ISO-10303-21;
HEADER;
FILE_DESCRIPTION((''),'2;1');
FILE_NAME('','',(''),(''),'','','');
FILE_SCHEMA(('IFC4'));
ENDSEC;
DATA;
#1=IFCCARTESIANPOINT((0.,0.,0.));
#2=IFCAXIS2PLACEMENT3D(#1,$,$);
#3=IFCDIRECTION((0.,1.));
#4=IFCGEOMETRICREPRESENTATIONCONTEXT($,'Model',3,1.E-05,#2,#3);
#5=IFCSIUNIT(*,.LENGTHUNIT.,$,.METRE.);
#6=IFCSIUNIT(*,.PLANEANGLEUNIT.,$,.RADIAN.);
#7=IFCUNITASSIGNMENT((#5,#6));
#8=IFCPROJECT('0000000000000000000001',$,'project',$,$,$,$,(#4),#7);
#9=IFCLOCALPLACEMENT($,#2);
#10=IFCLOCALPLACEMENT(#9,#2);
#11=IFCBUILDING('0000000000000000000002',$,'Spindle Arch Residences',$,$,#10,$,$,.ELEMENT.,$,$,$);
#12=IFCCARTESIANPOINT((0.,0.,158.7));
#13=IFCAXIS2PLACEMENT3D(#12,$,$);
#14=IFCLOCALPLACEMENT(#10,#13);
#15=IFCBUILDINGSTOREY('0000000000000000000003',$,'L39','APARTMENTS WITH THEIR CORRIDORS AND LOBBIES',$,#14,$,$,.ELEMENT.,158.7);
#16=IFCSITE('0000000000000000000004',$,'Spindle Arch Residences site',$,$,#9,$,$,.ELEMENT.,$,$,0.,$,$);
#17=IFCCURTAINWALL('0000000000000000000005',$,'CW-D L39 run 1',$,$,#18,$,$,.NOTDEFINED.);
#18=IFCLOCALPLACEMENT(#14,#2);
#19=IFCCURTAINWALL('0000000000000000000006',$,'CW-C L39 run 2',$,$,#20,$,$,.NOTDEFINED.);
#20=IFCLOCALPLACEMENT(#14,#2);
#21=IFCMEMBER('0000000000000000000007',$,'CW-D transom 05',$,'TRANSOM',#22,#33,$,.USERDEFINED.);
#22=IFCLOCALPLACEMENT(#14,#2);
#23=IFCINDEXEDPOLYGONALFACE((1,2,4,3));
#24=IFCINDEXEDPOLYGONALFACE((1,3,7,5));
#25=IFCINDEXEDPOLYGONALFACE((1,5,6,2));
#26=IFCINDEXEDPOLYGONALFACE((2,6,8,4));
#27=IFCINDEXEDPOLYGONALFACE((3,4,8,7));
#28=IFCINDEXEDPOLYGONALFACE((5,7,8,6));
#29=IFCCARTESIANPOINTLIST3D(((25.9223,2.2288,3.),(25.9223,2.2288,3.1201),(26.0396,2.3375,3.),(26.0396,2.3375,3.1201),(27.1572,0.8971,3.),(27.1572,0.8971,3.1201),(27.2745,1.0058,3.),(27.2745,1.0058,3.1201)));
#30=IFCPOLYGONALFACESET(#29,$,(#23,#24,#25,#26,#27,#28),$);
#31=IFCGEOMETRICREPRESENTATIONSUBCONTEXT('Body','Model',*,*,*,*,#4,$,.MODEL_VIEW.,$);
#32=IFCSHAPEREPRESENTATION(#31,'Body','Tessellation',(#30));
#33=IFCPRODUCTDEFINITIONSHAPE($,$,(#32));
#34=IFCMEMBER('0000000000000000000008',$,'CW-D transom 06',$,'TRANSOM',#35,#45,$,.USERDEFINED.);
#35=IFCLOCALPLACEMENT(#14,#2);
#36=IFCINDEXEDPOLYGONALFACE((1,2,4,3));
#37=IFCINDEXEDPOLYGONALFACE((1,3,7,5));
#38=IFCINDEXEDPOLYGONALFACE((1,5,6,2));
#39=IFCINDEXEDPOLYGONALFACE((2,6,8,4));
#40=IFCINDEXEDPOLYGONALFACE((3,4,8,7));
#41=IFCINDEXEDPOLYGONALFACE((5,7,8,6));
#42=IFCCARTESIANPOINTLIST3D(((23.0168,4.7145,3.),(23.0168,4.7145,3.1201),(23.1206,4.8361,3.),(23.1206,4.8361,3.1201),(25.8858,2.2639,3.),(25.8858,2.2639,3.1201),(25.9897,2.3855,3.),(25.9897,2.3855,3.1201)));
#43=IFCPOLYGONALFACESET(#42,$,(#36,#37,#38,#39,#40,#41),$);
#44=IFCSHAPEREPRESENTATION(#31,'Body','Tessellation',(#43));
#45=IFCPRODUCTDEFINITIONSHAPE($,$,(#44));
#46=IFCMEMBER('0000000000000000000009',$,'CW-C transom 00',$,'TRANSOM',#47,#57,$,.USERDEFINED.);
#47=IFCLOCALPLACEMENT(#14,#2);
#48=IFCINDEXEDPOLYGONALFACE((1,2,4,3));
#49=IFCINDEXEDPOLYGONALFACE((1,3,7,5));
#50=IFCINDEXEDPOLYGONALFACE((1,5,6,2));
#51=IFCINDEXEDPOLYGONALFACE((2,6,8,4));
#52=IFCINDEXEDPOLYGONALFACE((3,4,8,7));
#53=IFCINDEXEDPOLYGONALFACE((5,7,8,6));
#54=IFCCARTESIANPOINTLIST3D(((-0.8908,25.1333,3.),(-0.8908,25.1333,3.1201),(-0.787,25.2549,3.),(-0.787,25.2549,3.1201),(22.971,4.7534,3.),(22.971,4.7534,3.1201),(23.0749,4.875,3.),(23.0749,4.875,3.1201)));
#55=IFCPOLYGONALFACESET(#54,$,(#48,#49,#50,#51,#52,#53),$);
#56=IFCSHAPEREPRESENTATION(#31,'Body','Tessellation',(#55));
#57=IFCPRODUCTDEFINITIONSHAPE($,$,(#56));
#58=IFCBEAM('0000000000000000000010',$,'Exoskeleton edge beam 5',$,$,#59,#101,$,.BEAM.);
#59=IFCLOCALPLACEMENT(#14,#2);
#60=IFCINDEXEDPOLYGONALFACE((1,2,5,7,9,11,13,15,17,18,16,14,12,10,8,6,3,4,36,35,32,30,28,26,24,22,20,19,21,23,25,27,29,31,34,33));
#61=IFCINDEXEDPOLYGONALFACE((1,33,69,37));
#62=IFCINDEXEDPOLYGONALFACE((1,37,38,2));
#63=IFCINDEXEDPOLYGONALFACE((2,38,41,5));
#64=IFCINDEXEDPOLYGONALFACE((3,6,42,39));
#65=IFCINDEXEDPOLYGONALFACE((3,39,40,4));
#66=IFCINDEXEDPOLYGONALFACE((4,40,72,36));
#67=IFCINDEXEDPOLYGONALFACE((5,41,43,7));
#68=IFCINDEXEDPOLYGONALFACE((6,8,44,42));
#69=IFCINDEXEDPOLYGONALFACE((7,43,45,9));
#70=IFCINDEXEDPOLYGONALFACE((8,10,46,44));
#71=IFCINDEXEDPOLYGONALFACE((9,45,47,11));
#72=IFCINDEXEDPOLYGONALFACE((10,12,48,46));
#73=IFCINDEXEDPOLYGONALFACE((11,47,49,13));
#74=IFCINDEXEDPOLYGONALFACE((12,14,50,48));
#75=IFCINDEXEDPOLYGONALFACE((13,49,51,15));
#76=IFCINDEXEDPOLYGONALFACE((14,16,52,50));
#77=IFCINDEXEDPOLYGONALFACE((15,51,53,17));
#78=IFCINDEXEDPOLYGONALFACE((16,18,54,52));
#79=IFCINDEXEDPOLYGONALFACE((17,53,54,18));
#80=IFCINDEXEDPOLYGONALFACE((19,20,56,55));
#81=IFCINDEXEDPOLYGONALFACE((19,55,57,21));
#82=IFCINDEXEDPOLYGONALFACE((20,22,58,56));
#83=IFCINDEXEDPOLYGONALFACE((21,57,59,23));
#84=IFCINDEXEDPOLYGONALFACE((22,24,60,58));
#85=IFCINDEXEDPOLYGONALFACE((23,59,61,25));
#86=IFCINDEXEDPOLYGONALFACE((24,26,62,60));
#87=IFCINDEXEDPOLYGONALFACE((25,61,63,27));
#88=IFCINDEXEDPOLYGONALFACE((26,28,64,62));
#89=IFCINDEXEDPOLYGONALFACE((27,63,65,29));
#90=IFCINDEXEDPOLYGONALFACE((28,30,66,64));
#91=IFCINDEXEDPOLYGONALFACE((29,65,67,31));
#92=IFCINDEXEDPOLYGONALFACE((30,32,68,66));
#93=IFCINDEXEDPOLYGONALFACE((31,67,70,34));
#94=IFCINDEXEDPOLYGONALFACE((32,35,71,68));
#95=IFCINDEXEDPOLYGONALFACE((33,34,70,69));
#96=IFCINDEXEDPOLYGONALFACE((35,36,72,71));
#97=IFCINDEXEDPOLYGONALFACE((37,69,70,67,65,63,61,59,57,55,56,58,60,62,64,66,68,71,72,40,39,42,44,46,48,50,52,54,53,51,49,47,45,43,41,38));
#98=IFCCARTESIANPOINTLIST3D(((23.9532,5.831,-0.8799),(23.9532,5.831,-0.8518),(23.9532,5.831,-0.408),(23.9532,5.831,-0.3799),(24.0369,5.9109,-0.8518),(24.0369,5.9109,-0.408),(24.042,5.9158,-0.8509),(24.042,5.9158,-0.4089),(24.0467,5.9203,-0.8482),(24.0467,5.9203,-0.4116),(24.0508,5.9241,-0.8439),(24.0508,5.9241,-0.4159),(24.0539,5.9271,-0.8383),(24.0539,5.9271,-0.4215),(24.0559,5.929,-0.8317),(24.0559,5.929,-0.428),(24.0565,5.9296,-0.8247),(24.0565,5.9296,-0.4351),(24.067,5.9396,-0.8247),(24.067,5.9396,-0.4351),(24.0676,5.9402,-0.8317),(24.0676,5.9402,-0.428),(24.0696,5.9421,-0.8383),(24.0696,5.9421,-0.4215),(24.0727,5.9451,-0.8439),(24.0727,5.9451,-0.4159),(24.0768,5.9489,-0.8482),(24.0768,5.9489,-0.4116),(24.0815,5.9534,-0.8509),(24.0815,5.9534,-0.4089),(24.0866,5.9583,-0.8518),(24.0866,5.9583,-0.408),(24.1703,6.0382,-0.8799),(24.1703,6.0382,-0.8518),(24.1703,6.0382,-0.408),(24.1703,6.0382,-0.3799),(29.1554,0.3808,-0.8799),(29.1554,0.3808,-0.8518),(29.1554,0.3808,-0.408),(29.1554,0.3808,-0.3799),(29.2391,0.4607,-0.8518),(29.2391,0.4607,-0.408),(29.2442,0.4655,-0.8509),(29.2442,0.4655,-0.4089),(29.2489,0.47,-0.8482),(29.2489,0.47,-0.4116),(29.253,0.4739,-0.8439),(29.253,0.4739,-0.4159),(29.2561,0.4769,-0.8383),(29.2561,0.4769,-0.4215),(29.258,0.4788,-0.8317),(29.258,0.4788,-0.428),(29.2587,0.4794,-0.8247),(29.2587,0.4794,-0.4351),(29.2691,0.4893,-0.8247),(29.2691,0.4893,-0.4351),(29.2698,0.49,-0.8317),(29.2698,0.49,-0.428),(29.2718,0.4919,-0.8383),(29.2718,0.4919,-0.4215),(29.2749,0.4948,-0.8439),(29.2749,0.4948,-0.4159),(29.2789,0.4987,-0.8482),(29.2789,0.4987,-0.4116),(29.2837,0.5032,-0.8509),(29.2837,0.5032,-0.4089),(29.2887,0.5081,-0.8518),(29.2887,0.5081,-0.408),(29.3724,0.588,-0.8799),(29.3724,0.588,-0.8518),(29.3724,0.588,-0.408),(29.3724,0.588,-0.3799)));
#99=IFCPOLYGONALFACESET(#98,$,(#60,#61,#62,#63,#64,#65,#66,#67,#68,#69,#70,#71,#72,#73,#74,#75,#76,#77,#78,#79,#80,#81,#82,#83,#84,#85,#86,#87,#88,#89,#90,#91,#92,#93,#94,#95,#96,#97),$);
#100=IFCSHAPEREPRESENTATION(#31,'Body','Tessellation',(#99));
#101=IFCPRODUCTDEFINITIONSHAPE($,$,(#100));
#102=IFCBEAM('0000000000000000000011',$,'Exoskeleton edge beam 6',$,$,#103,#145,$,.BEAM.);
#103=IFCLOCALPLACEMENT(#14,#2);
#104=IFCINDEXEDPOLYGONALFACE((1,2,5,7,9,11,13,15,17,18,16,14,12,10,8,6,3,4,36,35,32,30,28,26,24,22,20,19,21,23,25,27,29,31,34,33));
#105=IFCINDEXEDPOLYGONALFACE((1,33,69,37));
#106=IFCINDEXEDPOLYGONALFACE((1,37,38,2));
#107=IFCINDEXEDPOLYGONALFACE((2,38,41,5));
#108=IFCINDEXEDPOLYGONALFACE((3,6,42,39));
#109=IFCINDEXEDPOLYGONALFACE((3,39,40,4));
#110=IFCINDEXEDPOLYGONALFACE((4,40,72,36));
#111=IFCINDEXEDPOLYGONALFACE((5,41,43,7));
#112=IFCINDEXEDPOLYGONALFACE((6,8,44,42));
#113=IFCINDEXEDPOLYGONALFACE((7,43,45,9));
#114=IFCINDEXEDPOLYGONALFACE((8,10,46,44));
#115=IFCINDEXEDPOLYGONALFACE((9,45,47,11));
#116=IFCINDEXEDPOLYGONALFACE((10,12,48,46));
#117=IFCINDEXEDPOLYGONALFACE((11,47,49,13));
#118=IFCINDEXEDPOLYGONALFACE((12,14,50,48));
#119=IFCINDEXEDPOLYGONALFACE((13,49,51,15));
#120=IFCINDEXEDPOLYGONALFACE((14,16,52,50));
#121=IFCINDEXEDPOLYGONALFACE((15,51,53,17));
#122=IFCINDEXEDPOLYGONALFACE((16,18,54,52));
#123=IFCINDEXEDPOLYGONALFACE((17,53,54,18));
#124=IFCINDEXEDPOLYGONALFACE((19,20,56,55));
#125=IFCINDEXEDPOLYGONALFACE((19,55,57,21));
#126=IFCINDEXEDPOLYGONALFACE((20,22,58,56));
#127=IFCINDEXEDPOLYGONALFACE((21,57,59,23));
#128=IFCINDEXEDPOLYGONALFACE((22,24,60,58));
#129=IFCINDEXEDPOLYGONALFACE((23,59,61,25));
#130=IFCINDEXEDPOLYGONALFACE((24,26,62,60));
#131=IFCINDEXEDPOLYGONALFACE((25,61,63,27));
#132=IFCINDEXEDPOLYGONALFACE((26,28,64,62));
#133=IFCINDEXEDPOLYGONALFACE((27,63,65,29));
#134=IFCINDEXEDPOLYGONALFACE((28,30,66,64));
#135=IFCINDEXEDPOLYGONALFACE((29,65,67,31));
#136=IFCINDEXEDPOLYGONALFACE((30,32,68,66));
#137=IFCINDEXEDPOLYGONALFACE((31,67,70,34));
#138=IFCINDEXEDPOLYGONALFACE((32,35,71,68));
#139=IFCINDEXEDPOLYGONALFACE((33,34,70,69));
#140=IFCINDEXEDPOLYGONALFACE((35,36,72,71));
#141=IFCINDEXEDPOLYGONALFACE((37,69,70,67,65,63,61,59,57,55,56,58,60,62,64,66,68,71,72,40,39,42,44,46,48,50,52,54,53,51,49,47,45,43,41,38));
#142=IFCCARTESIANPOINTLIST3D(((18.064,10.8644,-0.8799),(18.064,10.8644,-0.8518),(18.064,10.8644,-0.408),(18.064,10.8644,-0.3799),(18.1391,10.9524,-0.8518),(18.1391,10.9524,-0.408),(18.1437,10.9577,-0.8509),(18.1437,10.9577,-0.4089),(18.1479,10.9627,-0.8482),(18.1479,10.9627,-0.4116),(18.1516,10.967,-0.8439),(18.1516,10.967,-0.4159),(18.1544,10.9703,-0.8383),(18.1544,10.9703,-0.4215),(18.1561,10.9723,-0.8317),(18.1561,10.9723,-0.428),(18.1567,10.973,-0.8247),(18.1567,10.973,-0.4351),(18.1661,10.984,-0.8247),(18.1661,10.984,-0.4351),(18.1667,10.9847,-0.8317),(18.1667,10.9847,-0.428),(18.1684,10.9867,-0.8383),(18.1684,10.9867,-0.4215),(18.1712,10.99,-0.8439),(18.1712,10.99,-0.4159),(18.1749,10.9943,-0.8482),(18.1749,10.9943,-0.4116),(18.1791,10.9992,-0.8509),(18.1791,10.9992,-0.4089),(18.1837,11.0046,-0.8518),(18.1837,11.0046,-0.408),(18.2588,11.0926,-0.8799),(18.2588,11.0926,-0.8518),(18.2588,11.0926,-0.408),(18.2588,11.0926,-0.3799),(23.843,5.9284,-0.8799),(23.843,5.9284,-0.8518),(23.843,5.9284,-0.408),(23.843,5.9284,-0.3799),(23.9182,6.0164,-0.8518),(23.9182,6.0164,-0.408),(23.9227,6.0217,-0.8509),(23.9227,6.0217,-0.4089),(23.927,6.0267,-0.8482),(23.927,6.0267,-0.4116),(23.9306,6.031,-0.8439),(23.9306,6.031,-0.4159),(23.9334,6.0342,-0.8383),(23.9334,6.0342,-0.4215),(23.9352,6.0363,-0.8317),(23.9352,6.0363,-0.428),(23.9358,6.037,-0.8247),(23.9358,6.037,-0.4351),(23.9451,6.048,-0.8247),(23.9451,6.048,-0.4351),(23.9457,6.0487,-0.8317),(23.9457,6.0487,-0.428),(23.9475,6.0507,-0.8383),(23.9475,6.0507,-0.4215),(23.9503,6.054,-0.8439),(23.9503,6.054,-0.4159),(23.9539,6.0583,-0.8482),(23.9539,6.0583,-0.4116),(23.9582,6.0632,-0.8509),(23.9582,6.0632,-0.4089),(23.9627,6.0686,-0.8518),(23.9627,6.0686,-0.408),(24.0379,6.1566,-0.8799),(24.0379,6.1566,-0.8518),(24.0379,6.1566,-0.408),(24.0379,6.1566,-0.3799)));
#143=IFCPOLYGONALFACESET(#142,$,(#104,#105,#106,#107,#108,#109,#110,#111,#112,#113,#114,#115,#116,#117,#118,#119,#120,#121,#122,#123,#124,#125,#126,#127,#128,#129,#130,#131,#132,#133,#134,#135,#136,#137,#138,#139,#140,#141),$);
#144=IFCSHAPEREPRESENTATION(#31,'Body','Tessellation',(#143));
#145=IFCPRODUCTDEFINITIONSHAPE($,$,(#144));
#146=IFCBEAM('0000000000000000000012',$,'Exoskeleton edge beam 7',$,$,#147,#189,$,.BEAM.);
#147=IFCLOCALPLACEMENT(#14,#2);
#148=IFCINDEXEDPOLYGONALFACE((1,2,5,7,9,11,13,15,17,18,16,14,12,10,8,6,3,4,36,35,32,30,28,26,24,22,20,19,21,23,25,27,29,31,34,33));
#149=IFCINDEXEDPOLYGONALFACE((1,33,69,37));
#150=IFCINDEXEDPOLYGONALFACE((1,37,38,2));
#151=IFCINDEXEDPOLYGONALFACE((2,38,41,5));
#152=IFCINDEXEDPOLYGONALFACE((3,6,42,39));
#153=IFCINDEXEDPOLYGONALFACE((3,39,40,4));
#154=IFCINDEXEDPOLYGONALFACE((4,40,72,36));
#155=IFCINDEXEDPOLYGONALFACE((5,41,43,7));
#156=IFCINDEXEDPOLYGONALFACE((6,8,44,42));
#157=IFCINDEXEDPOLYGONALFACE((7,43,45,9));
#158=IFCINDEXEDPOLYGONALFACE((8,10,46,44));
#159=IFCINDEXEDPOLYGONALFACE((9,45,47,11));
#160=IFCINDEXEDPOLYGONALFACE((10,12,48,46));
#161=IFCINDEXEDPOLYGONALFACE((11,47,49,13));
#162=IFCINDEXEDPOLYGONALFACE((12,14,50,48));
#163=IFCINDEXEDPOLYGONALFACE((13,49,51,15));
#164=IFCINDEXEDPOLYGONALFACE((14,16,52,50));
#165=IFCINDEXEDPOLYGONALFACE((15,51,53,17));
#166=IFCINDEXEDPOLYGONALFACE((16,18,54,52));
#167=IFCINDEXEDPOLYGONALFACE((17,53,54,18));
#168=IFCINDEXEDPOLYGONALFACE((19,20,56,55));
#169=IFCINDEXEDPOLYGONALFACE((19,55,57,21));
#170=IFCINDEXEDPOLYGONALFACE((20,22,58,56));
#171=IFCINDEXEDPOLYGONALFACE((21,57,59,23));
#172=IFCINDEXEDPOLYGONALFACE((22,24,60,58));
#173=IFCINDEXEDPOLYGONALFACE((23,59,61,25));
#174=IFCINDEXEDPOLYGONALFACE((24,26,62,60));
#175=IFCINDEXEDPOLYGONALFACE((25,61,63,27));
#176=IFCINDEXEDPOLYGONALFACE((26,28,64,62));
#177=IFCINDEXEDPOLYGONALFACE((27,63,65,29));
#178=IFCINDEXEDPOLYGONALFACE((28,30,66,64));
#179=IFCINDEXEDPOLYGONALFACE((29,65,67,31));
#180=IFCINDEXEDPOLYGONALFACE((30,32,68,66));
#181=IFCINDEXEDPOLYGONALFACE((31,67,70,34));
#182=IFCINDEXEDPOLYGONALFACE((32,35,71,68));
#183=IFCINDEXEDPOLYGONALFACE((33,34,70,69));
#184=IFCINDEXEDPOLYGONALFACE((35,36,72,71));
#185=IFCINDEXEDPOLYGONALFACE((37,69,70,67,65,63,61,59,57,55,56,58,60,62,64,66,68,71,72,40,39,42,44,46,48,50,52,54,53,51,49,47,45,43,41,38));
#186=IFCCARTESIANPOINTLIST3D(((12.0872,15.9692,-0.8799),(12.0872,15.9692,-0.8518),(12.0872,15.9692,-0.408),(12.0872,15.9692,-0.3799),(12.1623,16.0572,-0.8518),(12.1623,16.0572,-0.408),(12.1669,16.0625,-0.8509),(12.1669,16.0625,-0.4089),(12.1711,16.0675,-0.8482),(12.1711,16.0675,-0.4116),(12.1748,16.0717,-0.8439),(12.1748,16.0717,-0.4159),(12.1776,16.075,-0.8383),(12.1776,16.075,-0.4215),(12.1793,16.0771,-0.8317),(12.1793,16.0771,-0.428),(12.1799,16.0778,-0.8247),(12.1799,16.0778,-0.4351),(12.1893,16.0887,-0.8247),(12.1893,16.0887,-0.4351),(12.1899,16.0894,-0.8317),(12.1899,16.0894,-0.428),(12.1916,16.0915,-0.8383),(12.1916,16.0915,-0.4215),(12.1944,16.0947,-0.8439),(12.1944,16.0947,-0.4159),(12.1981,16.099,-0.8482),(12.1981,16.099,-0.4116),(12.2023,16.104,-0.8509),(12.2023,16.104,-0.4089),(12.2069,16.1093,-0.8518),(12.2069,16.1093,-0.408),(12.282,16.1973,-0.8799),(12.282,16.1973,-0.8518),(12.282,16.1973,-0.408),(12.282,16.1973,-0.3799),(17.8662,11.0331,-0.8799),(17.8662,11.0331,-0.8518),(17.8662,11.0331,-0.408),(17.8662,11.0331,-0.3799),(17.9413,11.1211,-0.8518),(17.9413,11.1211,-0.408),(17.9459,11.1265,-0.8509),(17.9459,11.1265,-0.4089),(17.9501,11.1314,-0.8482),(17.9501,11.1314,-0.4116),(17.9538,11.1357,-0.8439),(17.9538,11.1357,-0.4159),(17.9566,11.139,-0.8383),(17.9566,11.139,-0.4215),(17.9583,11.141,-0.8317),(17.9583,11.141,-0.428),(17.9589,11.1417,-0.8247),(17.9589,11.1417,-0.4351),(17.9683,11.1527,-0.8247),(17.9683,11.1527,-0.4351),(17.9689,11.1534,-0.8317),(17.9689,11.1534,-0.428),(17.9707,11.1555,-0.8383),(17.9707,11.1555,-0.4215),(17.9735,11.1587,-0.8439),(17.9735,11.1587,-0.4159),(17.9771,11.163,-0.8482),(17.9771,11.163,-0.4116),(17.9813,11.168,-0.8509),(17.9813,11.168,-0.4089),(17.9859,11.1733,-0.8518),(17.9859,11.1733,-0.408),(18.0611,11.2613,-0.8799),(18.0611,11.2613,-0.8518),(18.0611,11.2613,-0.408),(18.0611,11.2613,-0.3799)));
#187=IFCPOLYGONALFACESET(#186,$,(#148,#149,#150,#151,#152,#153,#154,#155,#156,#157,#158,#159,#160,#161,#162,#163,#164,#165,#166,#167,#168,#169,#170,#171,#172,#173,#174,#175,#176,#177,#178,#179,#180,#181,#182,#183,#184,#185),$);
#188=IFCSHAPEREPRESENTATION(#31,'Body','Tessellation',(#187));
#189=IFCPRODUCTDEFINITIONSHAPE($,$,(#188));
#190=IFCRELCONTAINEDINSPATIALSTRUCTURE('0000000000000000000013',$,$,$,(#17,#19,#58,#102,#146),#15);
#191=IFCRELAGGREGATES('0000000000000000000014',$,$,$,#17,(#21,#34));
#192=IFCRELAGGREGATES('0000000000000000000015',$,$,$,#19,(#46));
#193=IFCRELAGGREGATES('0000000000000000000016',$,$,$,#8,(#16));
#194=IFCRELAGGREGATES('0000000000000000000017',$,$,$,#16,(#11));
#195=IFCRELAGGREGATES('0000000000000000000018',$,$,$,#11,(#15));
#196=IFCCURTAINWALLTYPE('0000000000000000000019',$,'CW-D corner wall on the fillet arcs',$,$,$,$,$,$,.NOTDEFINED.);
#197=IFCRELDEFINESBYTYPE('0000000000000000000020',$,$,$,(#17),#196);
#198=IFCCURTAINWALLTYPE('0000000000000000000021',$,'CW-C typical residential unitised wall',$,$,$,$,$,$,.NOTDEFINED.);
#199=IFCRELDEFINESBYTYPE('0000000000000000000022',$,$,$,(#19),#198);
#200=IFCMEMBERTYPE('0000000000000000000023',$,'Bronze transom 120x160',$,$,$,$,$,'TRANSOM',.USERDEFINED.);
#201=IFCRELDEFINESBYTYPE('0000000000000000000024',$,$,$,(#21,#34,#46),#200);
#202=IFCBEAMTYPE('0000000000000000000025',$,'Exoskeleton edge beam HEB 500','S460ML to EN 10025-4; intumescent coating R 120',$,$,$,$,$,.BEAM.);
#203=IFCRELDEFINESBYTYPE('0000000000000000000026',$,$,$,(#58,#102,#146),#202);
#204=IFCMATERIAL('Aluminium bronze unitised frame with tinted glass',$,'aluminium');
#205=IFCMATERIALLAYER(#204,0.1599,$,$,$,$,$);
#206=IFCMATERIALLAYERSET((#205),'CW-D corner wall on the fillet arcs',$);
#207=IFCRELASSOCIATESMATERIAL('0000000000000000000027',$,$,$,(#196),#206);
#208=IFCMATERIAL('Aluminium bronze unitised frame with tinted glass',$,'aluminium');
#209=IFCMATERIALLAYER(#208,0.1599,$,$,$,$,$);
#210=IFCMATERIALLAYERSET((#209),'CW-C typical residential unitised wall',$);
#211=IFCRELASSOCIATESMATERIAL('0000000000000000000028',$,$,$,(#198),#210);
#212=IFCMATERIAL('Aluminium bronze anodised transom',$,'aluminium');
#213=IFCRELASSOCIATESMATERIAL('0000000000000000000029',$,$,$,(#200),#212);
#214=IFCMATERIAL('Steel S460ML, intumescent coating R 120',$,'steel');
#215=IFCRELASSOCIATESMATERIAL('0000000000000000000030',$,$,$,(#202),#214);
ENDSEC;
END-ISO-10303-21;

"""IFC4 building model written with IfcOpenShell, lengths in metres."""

from ifc_helpers import new_model, si_unit, direction, frame, origin, origin_2d, place, context, subcontext, project, spatial, rectangle, i_section, extrude, material, layer, layer_set, material_profile, profile_set, type_object, element, aggregate, save


model = new_model("IFC4")

# Units and contexts
model_context = context("Model", 3, precision=1e-05, world=origin(), true_north=direction((0.0, 1.0)))
body_context = subcontext(model_context, "Body", "Model", "MODEL_VIEW")
ifc_project = project(units=[si_unit("LENGTHUNIT", "METRE"), si_unit("PLANEANGLEUNIT", "RADIAN")], contexts=[model_context])

# Site, building, storey
site_placement = place(None, origin())
site = spatial("IfcSite", under=ifc_project, at=site_placement, Name="Spindle Arch Residences site", CompositionType="ELEMENT", RefElevation=0.0)
building_placement = place(site_placement, origin())
building = spatial("IfcBuilding", under=site, at=building_placement, Name="Spindle Arch Residences", CompositionType="ELEMENT")
storey_placement = place(building_placement, frame((0.0, 0.0, 158.7)))
storey = spatial("IfcBuildingStorey", under=building, at=storey_placement, Name="L39", Description="APARTMENTS WITH THEIR CORRIDORS AND LOBBIES", CompositionType="ELEMENT", Elevation=158.7)

# Curtain walls
ifc_material_1 = material(Name="Aluminium bronze unitised frame with tinted glass", Category="aluminium")
ifc_layer_1 = layer(ifc_material_1, 0.1599)
ifc_layer_set_1 = layer_set([ifc_layer_1], Name="CW-D corner wall on the fillet arcs")
curtain_wall_type_1 = type_object("IfcCurtainWallType", Name="CW-D corner wall on the fillet arcs", PredefinedType="NOTDEFINED", material=ifc_layer_set_1)
curtain_wall_1_placement = place(storey_placement, origin())
curtain_wall_1 = element("IfcCurtainWall", 1, at=curtain_wall_1_placement, inside=storey, type_object=curtain_wall_type_1, Name="CW-D L39 run 1", PredefinedType="NOTDEFINED")
ifc_material_2 = material(Name="Aluminium bronze unitised frame with tinted glass", Category="aluminium")
ifc_layer_2 = layer(ifc_material_2, 0.1599)
ifc_layer_set_2 = layer_set([ifc_layer_2], Name="CW-C typical residential unitised wall")
curtain_wall_type_2 = type_object("IfcCurtainWallType", Name="CW-C typical residential unitised wall", PredefinedType="NOTDEFINED", material=ifc_layer_set_2)
curtain_wall_2_placement = place(storey_placement, origin())
curtain_wall_2 = element("IfcCurtainWall", 2, at=curtain_wall_2_placement, inside=storey, type_object=curtain_wall_type_2, Name="CW-C L39 run 2", PredefinedType="NOTDEFINED")

# Members
ifc_material_3 = material(Name="Aluminium bronze anodised transom", Category="aluminium")
ifc_material_profile_1 = material_profile(ifc_material_3, rectangle(XDim=0.1599, YDim=0.1201, at=origin_2d()), Name="TR 120x160")
ifc_profile_set_1 = profile_set([ifc_material_profile_1], Name="Aluminium bronze anodised transom")
member_type_1 = type_object("IfcMemberType", Name="Bronze transom 120x160", ElementType="TRANSOM", PredefinedType="USERDEFINED", material=ifc_profile_set_1)
member_1_placement = place(storey_placement, frame((27.2158, 0.9514, 3.0601), z_axis=(-0.67992, 0.733286, 0.0), x_axis=(-0.733286, -0.67992, 0.0)))
member_1 = element("IfcMember", 3, at=member_1_placement, type_object=member_type_1, Name="CW-D transom 05", ObjectType="TRANSOM", PredefinedType="USERDEFINED", context=body_context, shape_type="SweptSolid", body=[
    extrude(rectangle(XDim=0.1599, YDim=0.1201, at=origin_2d()), origin(), (0.0, 0.0, 1.0), 1.8162),
])
member_2_placement = place(storey_placement, frame((25.9377, 2.3247, 3.0601), z_axis=(-0.760379, 0.64948, 0.0), x_axis=(-0.64948, -0.760379, 0.0)))
member_2 = element("IfcMember", 4, at=member_2_placement, type_object=member_type_1, Name="CW-D transom 06", ObjectType="TRANSOM", PredefinedType="USERDEFINED", context=body_context, shape_type="SweptSolid", body=[
    extrude(rectangle(XDim=0.1599, YDim=0.1201, at=origin_2d()), origin(), (0.0, 0.0, 1.0), 3.7732),
])
member_3_placement = place(storey_placement, frame((23.0229, 4.8142, 3.0601), z_axis=(-0.760406, 0.649447, 0.0), x_axis=(-0.649447, -0.760406, 0.0)))
member_3 = element("IfcMember", 5, at=member_3_placement, type_object=member_type_1, Name="CW-C transom 00", ObjectType="TRANSOM", PredefinedType="USERDEFINED", context=body_context, shape_type="SweptSolid", body=[
    extrude(rectangle(XDim=0.1599, YDim=0.1201, at=origin_2d()), origin(), (0.0, 0.0, 1.0), 31.3804),
])

# Beams
ifc_material_4 = material(Name="Steel S460ML, intumescent coating R 120", Category="steel")
ifc_material_profile_2 = material_profile(ifc_material_4, i_section(OverallWidth=0.3, OverallDepth=0.5, WebThickness=0.0144, FlangeThickness=0.0281, FilletRadius=0.0271, at=origin_2d()), Name="HEB 500")
ifc_profile_set_2 = profile_set([ifc_material_profile_2], Name="Steel S460ML, intumescent coating R 120")
beam_type_1 = type_object("IfcBeamType", Name="Exoskeleton edge beam HEB 500", Description="S460ML to EN 10025-4; intumescent coating R 120", PredefinedType="BEAM", material=ifc_profile_set_2)
beam_1_placement = place(storey_placement, frame((29.2639, 0.4844, -0.6299), z_axis=(-0.690454, 0.723376, 0.0), x_axis=(-0.723376, -0.690454, 0.0)))
element("IfcBeam", 6, at=beam_1_placement, inside=storey, type_object=beam_type_1, Name="Exoskeleton edge beam 5", PredefinedType="BEAM", context=body_context, shape_type="SweptSolid", body=[
    extrude(i_section(OverallWidth=0.3, OverallDepth=0.5, WebThickness=0.0144, FlangeThickness=0.0281, FilletRadius=0.0271, at=origin_2d()), origin(), (0.0, 0.0, 1.0), 7.5344),
])
for number, where, z_axis, x_axis, name in (
    (7, (23.9404, 6.0425, -0.6299), (-0.760389, 0.649468, 0.0), (-0.649468, -0.760389, 0.0), "Exoskeleton edge beam 6"),
    (8, (17.9636, 11.1472, -0.6299), (-0.760389, 0.649468, 0.0), (-0.649468, -0.760389, 0.0), "Exoskeleton edge beam 7"),
):
    element("IfcBeam", number, at=place(storey_placement, frame(where, z_axis=z_axis, x_axis=x_axis)), inside=storey, type_object=beam_type_1, Name=name, PredefinedType="BEAM", context=body_context, shape_type="SweptSolid", body=[
        extrude(i_section(OverallWidth=0.3, OverallDepth=0.5, WebThickness=0.0144, FlangeThickness=0.0281, FilletRadius=0.0271, at=origin_2d()), origin(), (0.0, 0.0, 1.0), 7.6001),
    ])

aggregate(curtain_wall_1, [member_1, member_2])
aggregate(curtain_wall_2, [member_3])

save(model, "model.ifc")
